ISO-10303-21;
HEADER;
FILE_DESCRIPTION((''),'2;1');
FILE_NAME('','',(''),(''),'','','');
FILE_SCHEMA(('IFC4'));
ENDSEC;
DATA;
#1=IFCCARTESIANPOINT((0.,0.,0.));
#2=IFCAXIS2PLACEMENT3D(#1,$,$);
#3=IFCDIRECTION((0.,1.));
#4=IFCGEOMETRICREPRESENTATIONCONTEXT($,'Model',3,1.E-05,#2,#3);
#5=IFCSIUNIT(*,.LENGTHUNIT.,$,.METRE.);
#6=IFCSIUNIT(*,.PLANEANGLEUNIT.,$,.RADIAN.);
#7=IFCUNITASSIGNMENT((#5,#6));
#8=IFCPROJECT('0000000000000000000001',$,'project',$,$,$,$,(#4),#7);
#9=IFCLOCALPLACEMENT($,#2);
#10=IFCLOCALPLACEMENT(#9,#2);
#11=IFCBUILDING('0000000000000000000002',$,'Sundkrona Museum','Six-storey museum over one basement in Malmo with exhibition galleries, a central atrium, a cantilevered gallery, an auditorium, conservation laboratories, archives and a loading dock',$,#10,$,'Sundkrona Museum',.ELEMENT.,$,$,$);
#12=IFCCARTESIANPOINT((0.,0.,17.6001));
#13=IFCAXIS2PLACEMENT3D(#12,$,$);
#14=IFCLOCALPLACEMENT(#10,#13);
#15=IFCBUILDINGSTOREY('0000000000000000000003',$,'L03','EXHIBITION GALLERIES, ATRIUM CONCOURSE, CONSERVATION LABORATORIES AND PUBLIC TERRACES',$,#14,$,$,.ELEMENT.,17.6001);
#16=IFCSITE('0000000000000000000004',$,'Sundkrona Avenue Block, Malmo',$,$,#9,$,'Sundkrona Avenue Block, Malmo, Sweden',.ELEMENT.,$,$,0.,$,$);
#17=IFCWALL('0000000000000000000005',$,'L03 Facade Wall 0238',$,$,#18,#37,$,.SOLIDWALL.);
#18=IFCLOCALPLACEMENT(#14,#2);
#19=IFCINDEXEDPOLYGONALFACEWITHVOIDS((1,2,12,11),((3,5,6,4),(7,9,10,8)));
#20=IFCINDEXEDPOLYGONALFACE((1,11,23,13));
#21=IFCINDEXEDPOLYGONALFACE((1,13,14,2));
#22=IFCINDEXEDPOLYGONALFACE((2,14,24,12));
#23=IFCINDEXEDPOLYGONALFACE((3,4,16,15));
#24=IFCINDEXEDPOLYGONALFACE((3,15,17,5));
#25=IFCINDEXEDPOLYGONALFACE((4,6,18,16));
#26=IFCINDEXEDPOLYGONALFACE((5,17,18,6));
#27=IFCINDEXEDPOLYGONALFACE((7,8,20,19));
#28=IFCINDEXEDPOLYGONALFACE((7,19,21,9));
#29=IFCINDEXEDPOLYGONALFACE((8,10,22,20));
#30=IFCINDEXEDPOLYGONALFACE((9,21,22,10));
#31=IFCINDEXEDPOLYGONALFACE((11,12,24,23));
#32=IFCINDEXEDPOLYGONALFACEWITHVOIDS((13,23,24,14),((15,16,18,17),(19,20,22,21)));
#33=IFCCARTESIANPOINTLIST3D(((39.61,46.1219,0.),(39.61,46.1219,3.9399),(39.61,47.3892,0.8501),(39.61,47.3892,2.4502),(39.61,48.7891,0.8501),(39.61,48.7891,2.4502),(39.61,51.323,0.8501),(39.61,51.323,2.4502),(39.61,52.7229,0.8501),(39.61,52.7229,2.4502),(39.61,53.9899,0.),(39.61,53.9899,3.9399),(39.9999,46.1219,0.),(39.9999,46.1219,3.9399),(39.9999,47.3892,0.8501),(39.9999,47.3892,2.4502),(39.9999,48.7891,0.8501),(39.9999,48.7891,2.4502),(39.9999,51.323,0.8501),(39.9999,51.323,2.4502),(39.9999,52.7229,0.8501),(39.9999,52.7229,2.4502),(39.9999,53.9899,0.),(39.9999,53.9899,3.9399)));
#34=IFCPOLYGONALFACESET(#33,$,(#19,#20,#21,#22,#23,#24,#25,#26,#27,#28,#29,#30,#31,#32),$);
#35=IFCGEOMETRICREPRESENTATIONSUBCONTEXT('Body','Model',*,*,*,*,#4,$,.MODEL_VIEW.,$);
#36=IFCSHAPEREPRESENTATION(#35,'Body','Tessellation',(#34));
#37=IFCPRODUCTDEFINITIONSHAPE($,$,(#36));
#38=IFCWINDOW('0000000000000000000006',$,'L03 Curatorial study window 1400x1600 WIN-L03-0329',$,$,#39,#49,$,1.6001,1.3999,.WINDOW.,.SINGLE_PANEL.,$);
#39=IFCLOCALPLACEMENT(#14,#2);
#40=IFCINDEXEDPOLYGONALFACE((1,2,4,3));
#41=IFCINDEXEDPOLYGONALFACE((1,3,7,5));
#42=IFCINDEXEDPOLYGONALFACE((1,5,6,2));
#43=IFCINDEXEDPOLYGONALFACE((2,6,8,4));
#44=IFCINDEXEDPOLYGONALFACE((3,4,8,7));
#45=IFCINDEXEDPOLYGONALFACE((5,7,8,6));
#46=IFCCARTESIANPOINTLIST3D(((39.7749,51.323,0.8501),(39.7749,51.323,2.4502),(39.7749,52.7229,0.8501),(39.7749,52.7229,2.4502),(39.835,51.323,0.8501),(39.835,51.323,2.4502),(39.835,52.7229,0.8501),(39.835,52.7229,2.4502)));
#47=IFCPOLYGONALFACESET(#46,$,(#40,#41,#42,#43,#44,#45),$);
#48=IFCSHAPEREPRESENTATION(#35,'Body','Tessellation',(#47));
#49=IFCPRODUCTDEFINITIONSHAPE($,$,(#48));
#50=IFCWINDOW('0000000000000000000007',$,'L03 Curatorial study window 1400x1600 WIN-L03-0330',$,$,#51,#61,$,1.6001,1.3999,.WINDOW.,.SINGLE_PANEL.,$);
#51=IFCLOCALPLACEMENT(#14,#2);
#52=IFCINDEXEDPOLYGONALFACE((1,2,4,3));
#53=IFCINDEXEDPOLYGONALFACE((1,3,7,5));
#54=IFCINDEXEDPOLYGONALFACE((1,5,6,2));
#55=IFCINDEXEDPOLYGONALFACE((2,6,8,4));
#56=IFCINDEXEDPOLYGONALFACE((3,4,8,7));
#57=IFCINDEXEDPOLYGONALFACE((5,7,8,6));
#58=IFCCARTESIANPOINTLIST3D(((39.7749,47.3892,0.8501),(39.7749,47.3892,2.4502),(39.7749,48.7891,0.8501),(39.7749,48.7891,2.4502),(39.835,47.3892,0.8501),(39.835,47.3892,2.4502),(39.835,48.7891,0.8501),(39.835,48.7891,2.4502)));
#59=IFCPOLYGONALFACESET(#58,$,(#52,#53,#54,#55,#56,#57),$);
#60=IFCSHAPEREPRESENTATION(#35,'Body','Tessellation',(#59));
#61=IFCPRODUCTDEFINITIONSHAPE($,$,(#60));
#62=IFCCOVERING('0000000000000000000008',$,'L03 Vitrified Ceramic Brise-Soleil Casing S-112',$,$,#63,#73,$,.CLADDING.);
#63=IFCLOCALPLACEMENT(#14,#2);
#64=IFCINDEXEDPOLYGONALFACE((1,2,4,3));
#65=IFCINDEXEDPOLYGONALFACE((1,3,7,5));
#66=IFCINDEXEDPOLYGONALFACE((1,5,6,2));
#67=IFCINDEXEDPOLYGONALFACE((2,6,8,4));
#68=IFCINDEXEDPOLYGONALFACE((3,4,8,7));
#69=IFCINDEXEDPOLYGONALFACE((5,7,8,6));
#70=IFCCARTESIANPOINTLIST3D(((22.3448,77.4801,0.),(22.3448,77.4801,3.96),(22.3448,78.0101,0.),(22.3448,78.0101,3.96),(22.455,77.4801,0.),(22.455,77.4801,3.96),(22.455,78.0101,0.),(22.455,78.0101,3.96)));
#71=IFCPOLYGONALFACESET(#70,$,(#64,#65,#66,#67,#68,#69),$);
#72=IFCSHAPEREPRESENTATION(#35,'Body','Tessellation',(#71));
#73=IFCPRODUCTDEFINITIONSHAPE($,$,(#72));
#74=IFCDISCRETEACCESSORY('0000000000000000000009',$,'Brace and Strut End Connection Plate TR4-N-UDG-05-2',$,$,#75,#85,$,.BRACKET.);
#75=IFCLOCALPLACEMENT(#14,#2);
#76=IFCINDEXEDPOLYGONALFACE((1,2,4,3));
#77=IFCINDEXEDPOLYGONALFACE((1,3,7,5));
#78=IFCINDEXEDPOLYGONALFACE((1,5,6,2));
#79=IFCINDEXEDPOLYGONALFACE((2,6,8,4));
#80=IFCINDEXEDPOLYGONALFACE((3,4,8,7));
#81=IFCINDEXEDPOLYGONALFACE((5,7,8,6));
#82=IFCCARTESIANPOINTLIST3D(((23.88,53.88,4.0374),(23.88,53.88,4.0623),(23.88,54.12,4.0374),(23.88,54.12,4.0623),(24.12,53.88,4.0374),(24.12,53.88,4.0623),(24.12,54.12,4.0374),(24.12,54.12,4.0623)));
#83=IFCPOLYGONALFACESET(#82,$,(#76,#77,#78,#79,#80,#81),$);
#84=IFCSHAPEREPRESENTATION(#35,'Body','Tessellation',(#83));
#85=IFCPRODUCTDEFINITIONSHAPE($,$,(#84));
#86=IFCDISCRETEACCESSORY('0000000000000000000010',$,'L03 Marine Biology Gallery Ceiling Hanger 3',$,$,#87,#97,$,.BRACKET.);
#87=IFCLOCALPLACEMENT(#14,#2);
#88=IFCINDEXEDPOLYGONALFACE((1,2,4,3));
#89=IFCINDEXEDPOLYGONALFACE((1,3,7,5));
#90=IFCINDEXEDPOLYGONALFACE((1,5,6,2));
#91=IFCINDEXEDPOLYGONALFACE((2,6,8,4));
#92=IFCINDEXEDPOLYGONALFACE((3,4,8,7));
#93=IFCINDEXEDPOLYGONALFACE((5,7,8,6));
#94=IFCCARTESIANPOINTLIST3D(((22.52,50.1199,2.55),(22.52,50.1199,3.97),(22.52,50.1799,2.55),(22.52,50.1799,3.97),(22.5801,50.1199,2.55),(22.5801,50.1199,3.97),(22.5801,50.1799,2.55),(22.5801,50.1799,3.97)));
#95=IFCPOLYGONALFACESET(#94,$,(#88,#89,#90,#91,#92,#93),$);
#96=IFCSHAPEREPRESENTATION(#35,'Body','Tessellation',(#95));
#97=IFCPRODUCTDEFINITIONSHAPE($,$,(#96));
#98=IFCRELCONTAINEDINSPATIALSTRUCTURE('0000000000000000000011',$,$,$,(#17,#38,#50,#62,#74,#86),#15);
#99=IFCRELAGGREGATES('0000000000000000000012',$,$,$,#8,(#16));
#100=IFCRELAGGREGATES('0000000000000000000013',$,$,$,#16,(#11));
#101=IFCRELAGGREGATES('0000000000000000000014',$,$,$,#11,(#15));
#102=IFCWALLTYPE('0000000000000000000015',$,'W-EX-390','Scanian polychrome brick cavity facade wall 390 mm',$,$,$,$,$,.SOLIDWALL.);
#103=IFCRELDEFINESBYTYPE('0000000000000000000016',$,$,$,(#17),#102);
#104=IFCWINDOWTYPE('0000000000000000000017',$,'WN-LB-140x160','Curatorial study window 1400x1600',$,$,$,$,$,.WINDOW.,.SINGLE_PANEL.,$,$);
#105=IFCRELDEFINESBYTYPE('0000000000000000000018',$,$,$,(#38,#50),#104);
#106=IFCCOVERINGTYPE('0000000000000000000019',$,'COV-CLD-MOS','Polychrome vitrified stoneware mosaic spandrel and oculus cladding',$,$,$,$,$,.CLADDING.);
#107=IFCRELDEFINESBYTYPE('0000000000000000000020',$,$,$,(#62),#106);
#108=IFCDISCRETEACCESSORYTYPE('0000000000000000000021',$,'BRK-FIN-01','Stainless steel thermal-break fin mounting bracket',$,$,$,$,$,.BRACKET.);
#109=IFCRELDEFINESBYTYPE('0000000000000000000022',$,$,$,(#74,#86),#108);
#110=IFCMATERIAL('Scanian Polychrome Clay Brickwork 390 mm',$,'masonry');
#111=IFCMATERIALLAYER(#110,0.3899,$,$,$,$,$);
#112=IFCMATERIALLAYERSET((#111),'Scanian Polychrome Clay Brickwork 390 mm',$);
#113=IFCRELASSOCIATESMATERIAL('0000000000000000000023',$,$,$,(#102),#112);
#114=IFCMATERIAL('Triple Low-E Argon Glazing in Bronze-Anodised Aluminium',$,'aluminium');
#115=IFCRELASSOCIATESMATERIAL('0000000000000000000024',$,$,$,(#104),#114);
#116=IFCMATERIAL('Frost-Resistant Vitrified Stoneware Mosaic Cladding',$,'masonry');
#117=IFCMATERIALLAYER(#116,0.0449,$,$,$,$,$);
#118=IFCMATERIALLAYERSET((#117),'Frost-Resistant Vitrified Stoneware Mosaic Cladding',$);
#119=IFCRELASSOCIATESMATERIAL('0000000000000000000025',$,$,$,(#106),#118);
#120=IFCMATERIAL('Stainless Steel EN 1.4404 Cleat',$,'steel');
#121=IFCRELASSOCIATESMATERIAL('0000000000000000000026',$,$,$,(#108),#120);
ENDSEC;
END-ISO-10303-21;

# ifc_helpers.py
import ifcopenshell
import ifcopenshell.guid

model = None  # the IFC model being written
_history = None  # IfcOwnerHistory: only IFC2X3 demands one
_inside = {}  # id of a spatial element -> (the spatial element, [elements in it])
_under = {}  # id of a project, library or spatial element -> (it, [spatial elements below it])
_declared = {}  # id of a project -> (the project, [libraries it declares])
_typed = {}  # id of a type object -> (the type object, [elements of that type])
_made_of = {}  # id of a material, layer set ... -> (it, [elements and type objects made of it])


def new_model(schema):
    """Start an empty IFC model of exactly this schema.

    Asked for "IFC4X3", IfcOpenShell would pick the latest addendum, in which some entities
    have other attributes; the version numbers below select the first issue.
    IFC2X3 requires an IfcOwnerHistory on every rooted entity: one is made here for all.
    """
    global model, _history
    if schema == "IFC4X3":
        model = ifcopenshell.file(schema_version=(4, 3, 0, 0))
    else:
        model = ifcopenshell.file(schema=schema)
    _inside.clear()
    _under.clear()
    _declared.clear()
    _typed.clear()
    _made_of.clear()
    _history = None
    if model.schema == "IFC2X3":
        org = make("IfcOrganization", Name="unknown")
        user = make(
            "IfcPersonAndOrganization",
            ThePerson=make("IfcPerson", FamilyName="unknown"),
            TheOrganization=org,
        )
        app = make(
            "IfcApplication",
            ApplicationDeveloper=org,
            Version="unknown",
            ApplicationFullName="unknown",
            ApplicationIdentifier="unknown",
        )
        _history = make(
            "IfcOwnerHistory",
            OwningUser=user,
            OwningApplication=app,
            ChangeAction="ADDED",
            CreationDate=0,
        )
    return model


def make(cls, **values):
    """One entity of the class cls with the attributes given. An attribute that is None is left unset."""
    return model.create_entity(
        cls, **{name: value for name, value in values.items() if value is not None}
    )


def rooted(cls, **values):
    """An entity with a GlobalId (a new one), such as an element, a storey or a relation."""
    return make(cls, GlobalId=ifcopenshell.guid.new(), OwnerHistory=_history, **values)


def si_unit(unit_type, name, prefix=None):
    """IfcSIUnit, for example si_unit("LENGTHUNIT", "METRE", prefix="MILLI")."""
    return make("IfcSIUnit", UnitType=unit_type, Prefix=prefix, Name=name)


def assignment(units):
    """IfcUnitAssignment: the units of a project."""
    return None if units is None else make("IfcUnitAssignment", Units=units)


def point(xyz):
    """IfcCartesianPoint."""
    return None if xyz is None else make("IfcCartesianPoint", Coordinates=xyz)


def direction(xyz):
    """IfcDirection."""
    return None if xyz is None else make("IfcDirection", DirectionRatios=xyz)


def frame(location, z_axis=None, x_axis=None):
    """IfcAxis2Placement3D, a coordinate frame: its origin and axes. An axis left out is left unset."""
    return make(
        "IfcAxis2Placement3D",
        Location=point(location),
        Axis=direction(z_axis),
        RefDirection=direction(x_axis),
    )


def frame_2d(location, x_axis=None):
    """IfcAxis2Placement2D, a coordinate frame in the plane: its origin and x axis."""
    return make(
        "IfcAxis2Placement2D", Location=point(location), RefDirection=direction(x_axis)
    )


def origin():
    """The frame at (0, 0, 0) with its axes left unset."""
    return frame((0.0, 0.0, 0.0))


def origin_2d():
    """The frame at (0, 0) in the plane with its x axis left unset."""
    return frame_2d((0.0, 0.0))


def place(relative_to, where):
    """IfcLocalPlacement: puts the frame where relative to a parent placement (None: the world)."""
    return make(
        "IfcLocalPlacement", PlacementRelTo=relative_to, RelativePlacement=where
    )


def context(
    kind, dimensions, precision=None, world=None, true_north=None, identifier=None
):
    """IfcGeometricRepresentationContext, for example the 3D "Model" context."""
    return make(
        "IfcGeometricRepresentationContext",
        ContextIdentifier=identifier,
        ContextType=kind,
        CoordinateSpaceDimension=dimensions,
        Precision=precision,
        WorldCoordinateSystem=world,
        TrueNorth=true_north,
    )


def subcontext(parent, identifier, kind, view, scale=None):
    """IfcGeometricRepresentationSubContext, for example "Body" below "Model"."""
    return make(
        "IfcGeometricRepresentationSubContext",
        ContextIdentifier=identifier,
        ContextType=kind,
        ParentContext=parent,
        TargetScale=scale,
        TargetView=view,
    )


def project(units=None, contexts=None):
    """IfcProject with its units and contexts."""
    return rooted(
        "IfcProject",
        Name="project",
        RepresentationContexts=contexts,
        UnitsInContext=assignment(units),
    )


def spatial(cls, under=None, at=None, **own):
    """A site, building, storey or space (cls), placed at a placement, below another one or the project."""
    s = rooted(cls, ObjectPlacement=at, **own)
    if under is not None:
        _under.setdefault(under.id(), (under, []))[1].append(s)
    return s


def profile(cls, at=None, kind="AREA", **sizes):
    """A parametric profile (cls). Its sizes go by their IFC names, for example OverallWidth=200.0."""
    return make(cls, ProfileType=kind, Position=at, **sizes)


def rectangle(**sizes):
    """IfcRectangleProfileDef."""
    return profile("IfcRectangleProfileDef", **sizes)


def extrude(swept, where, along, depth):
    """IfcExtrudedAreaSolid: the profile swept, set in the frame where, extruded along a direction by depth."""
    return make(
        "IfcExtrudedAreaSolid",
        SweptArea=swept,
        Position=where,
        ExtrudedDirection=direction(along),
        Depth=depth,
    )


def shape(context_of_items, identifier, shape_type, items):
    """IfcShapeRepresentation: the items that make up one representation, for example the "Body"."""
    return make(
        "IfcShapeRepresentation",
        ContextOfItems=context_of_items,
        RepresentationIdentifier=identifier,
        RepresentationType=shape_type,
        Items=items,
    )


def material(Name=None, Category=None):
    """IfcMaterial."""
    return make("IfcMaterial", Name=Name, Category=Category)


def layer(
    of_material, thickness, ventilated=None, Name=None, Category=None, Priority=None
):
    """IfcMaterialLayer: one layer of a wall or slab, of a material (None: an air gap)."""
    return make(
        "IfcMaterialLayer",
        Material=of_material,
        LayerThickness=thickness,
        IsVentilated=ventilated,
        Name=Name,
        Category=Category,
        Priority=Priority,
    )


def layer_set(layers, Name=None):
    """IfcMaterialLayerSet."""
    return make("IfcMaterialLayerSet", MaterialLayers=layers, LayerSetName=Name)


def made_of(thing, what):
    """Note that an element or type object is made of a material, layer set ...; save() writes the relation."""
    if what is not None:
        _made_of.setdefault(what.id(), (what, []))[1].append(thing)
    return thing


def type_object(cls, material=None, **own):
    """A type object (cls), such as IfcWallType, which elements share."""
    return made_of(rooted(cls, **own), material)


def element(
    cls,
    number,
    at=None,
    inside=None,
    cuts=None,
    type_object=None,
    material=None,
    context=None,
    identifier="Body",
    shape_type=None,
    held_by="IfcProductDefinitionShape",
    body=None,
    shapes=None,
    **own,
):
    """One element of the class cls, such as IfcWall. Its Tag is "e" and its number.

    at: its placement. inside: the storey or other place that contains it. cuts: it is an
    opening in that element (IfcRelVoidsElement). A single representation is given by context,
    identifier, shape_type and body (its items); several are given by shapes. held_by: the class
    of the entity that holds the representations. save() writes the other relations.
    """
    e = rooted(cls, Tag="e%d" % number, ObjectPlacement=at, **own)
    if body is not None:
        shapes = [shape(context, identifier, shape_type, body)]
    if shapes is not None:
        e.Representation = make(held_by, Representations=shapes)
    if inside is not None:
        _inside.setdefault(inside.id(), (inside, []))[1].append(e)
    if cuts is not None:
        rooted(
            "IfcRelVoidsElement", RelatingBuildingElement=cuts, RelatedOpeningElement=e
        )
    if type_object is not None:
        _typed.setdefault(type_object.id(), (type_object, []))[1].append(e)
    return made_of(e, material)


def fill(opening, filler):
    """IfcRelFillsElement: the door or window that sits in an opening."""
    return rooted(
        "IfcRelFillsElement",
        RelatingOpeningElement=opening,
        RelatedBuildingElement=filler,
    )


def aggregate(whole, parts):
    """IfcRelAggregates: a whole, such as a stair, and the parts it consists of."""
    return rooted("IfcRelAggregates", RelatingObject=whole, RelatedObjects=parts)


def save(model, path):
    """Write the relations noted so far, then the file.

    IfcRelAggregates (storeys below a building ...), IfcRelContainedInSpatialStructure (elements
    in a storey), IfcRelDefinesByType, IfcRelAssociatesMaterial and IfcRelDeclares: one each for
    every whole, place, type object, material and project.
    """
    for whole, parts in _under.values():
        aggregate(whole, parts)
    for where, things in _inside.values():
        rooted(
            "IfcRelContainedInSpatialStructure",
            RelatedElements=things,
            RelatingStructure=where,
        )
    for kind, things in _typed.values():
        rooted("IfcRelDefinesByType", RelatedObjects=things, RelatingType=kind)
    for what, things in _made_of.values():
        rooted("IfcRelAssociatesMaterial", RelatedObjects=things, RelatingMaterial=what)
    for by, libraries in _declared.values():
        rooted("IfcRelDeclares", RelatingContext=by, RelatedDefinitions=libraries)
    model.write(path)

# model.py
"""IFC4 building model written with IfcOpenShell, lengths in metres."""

from ifc_helpers import new_model, si_unit, direction, frame, frame_2d, origin, origin_2d, place, context, subcontext, project, spatial, rectangle, extrude, material, layer, layer_set, type_object, element, fill, save


model = new_model("IFC4")

# Units and contexts
model_context = context("Model", 3, precision=1e-05, world=origin(), true_north=direction((0.0, 1.0)))
body_context = subcontext(model_context, "Body", "Model", "MODEL_VIEW")
ifc_project = project(units=[si_unit("LENGTHUNIT", "METRE"), si_unit("PLANEANGLEUNIT", "RADIAN")], contexts=[model_context])

# Site, building, storey
site_placement = place(None, origin())
site = spatial("IfcSite", under=ifc_project, at=site_placement, Name="Sundkrona Avenue Block, Malmo", LongName="Sundkrona Avenue Block, Malmo, Sweden", CompositionType="ELEMENT", RefElevation=0.0)
building_placement = place(site_placement, origin())
building = spatial("IfcBuilding", under=site, at=building_placement, Name="Sundkrona Museum", Description="Six-storey museum over one basement in Malmo with exhibition galleries, a central atrium, a cantilevered gallery, an auditorium, conservation laboratories, archives and a loading dock", LongName="Sundkrona Museum", CompositionType="ELEMENT")
storey_placement = place(building_placement, frame((0.0, 0.0, 17.6001)))
storey = spatial("IfcBuildingStorey", under=building, at=storey_placement, Name="L03", Description="EXHIBITION GALLERIES, ATRIUM CONCOURSE, CONSERVATION LABORATORIES AND PUBLIC TERRACES", CompositionType="ELEMENT", Elevation=17.6001)

# Wall, openings, windows
ifc_material_1 = material(Name="Scanian Polychrome Clay Brickwork 390 mm", Category="masonry")
ifc_layer_1 = layer(ifc_material_1, 0.3899)
ifc_layer_set_1 = layer_set([ifc_layer_1], Name="Scanian Polychrome Clay Brickwork 390 mm")
wall_type = type_object("IfcWallType", Name="W-EX-390", Description="Scanian polychrome brick cavity facade wall 390 mm", PredefinedType="SOLIDWALL", material=ifc_layer_set_1)
ifc_material_2 = material(Name="Triple Low-E Argon Glazing in Bronze-Anodised Aluminium", Category="aluminium")
window_type_1 = type_object("IfcWindowType", Name="WN-LB-140x160", Description="Curatorial study window 1400x1600", PartitioningType="SINGLE_PANEL", PredefinedType="WINDOW", material=ifc_material_2)
wall_1_placement = place(storey_placement, frame((39.8049, 53.99, 0.0), z_axis=(0.0, 0.0, 1.0), x_axis=(0.0, -1.0, 0.0)))
wall_1 = element("IfcWall", 1, at=wall_1_placement, inside=storey, type_object=wall_type, Name="L03 Facade Wall 0238", PredefinedType="SOLIDWALL", context=body_context, shape_type="SweptSolid", body=[
    extrude(rectangle(XDim=7.8679, YDim=0.3899, at=frame_2d((3.9341, 0.0))), origin(), (0.0, 0.0, 1.0), 3.9399),
])
opening_1_placement = place(wall_1_placement, frame((1.2671, 0.0, 0.8501)))
opening_1 = element("IfcOpeningElement", 2, at=opening_1_placement, cuts=wall_1, PredefinedType="OPENING", context=body_context, shape_type="SweptSolid", body=[
    extrude(rectangle(XDim=1.3999, YDim=1.6001, at=frame_2d((0.7, 0.8))), frame((0.0, 0.2048, 0.0), z_axis=(0.0, -1.0, 0.0), x_axis=(1.0, 0.0, 0.0)), (0.0, 0.0, 1.0), 0.4099),
])
opening_2_placement = place(wall_1_placement, frame((5.2009, 0.0, 0.8501)))
opening_2 = element("IfcOpeningElement", 3, at=opening_2_placement, cuts=wall_1, PredefinedType="OPENING", context=body_context, shape_type="SweptSolid", body=[
    extrude(rectangle(XDim=1.3999, YDim=1.6001, at=frame_2d((0.7, 0.8))), frame((0.0, 0.2048, 0.0), z_axis=(0.0, -1.0, 0.0), x_axis=(1.0, 0.0, 0.0)), (0.0, 0.0, 1.0), 0.4099),
])
window_1_placement = place(opening_1_placement, origin())
window_1 = element("IfcWindow", 4, at=window_1_placement, inside=storey, type_object=window_type_1, Name="L03 Curatorial study window 1400x1600 WIN-L03-0329", OverallHeight=1.6001, OverallWidth=1.3999, PartitioningType="SINGLE_PANEL", PredefinedType="WINDOW", context=body_context, shape_type="SweptSolid", body=[
    extrude(rectangle(XDim=1.3999, YDim=1.6001, at=frame_2d((0.7, 0.8))), frame((0.0, 0.03, 0.0), z_axis=(0.0, -1.0, 0.0), x_axis=(1.0, 0.0, 0.0)), (0.0, 0.0, 1.0), 0.0601),
])
fill(opening_1, window_1)
window_2_placement = place(opening_2_placement, origin())
window_2 = element("IfcWindow", 5, at=window_2_placement, inside=storey, type_object=window_type_1, Name="L03 Curatorial study window 1400x1600 WIN-L03-0330", OverallHeight=1.6001, OverallWidth=1.3999, PartitioningType="SINGLE_PANEL", PredefinedType="WINDOW", context=body_context, shape_type="SweptSolid", body=[
    extrude(rectangle(XDim=1.3999, YDim=1.6001, at=frame_2d((0.7, 0.8))), frame((0.0, 0.03, 0.0), z_axis=(0.0, -1.0, 0.0), x_axis=(1.0, 0.0, 0.0)), (0.0, 0.0, 1.0), 0.0601),
])
fill(opening_2, window_2)

# Covering
ifc_material_3 = material(Name="Frost-Resistant Vitrified Stoneware Mosaic Cladding", Category="masonry")
ifc_layer_2 = layer(ifc_material_3, 0.0449)
ifc_layer_set_2 = layer_set([ifc_layer_2], Name="Frost-Resistant Vitrified Stoneware Mosaic Cladding")
covering_type = type_object("IfcCoveringType", Name="COV-CLD-MOS", Description="Polychrome vitrified stoneware mosaic spandrel and oculus cladding", PredefinedType="CLADDING", material=ifc_layer_set_2)
covering_placement = place(storey_placement, frame((22.3999, 77.7451, 0.0), z_axis=(0.0, 0.0, 1.0), x_axis=(1.0, 0.0, 0.0)))
element("IfcCovering", 6, at=covering_placement, inside=storey, type_object=covering_type, Name="L03 Vitrified Ceramic Brise-Soleil Casing S-112", PredefinedType="CLADDING", context=body_context, shape_type="SweptSolid", body=[
    extrude(rectangle(XDim=0.1101, YDim=0.53, at=origin_2d()), origin(), (0.0, 0.0, 1.0), 3.96),
])

# Discrete accessories
ifc_material_4 = material(Name="Stainless Steel EN 1.4404 Cleat", Category="steel")
discrete_accessory_type = type_object("IfcDiscreteAccessoryType", Name="BRK-FIN-01", Description="Stainless steel thermal-break fin mounting bracket", PredefinedType="BRACKET", material=ifc_material_4)
discrete_accessory_1_placement = place(storey_placement, frame((24.0, 54.0, 4.0374), z_axis=(0.0, 0.0, 1.0), x_axis=(1.0, 0.0, 0.0)))
element("IfcDiscreteAccessory", 7, at=discrete_accessory_1_placement, inside=storey, type_object=discrete_accessory_type, Name="Brace and Strut End Connection Plate TR4-N-UDG-05-2", PredefinedType="BRACKET", context=body_context, shape_type="SweptSolid", body=[
    extrude(rectangle(XDim=0.24, YDim=0.24, at=origin_2d()), origin(), (0.0, 0.0, 1.0), 0.0249),
])
discrete_accessory_2_placement = place(storey_placement, frame((22.55, 50.1499, 2.55), z_axis=(0.0, 0.0, 1.0), x_axis=(1.0, 0.0, 0.0)))
element("IfcDiscreteAccessory", 8, at=discrete_accessory_2_placement, inside=storey, type_object=discrete_accessory_type, Name="L03 Marine Biology Gallery Ceiling Hanger 3", PredefinedType="BRACKET", context=body_context, shape_type="SweptSolid", body=[
    extrude(rectangle(XDim=0.0601, YDim=0.0601, at=origin_2d()), origin(), (0.0, 0.0, 1.0), 1.4199),
])

save(model, "model.ifc")
